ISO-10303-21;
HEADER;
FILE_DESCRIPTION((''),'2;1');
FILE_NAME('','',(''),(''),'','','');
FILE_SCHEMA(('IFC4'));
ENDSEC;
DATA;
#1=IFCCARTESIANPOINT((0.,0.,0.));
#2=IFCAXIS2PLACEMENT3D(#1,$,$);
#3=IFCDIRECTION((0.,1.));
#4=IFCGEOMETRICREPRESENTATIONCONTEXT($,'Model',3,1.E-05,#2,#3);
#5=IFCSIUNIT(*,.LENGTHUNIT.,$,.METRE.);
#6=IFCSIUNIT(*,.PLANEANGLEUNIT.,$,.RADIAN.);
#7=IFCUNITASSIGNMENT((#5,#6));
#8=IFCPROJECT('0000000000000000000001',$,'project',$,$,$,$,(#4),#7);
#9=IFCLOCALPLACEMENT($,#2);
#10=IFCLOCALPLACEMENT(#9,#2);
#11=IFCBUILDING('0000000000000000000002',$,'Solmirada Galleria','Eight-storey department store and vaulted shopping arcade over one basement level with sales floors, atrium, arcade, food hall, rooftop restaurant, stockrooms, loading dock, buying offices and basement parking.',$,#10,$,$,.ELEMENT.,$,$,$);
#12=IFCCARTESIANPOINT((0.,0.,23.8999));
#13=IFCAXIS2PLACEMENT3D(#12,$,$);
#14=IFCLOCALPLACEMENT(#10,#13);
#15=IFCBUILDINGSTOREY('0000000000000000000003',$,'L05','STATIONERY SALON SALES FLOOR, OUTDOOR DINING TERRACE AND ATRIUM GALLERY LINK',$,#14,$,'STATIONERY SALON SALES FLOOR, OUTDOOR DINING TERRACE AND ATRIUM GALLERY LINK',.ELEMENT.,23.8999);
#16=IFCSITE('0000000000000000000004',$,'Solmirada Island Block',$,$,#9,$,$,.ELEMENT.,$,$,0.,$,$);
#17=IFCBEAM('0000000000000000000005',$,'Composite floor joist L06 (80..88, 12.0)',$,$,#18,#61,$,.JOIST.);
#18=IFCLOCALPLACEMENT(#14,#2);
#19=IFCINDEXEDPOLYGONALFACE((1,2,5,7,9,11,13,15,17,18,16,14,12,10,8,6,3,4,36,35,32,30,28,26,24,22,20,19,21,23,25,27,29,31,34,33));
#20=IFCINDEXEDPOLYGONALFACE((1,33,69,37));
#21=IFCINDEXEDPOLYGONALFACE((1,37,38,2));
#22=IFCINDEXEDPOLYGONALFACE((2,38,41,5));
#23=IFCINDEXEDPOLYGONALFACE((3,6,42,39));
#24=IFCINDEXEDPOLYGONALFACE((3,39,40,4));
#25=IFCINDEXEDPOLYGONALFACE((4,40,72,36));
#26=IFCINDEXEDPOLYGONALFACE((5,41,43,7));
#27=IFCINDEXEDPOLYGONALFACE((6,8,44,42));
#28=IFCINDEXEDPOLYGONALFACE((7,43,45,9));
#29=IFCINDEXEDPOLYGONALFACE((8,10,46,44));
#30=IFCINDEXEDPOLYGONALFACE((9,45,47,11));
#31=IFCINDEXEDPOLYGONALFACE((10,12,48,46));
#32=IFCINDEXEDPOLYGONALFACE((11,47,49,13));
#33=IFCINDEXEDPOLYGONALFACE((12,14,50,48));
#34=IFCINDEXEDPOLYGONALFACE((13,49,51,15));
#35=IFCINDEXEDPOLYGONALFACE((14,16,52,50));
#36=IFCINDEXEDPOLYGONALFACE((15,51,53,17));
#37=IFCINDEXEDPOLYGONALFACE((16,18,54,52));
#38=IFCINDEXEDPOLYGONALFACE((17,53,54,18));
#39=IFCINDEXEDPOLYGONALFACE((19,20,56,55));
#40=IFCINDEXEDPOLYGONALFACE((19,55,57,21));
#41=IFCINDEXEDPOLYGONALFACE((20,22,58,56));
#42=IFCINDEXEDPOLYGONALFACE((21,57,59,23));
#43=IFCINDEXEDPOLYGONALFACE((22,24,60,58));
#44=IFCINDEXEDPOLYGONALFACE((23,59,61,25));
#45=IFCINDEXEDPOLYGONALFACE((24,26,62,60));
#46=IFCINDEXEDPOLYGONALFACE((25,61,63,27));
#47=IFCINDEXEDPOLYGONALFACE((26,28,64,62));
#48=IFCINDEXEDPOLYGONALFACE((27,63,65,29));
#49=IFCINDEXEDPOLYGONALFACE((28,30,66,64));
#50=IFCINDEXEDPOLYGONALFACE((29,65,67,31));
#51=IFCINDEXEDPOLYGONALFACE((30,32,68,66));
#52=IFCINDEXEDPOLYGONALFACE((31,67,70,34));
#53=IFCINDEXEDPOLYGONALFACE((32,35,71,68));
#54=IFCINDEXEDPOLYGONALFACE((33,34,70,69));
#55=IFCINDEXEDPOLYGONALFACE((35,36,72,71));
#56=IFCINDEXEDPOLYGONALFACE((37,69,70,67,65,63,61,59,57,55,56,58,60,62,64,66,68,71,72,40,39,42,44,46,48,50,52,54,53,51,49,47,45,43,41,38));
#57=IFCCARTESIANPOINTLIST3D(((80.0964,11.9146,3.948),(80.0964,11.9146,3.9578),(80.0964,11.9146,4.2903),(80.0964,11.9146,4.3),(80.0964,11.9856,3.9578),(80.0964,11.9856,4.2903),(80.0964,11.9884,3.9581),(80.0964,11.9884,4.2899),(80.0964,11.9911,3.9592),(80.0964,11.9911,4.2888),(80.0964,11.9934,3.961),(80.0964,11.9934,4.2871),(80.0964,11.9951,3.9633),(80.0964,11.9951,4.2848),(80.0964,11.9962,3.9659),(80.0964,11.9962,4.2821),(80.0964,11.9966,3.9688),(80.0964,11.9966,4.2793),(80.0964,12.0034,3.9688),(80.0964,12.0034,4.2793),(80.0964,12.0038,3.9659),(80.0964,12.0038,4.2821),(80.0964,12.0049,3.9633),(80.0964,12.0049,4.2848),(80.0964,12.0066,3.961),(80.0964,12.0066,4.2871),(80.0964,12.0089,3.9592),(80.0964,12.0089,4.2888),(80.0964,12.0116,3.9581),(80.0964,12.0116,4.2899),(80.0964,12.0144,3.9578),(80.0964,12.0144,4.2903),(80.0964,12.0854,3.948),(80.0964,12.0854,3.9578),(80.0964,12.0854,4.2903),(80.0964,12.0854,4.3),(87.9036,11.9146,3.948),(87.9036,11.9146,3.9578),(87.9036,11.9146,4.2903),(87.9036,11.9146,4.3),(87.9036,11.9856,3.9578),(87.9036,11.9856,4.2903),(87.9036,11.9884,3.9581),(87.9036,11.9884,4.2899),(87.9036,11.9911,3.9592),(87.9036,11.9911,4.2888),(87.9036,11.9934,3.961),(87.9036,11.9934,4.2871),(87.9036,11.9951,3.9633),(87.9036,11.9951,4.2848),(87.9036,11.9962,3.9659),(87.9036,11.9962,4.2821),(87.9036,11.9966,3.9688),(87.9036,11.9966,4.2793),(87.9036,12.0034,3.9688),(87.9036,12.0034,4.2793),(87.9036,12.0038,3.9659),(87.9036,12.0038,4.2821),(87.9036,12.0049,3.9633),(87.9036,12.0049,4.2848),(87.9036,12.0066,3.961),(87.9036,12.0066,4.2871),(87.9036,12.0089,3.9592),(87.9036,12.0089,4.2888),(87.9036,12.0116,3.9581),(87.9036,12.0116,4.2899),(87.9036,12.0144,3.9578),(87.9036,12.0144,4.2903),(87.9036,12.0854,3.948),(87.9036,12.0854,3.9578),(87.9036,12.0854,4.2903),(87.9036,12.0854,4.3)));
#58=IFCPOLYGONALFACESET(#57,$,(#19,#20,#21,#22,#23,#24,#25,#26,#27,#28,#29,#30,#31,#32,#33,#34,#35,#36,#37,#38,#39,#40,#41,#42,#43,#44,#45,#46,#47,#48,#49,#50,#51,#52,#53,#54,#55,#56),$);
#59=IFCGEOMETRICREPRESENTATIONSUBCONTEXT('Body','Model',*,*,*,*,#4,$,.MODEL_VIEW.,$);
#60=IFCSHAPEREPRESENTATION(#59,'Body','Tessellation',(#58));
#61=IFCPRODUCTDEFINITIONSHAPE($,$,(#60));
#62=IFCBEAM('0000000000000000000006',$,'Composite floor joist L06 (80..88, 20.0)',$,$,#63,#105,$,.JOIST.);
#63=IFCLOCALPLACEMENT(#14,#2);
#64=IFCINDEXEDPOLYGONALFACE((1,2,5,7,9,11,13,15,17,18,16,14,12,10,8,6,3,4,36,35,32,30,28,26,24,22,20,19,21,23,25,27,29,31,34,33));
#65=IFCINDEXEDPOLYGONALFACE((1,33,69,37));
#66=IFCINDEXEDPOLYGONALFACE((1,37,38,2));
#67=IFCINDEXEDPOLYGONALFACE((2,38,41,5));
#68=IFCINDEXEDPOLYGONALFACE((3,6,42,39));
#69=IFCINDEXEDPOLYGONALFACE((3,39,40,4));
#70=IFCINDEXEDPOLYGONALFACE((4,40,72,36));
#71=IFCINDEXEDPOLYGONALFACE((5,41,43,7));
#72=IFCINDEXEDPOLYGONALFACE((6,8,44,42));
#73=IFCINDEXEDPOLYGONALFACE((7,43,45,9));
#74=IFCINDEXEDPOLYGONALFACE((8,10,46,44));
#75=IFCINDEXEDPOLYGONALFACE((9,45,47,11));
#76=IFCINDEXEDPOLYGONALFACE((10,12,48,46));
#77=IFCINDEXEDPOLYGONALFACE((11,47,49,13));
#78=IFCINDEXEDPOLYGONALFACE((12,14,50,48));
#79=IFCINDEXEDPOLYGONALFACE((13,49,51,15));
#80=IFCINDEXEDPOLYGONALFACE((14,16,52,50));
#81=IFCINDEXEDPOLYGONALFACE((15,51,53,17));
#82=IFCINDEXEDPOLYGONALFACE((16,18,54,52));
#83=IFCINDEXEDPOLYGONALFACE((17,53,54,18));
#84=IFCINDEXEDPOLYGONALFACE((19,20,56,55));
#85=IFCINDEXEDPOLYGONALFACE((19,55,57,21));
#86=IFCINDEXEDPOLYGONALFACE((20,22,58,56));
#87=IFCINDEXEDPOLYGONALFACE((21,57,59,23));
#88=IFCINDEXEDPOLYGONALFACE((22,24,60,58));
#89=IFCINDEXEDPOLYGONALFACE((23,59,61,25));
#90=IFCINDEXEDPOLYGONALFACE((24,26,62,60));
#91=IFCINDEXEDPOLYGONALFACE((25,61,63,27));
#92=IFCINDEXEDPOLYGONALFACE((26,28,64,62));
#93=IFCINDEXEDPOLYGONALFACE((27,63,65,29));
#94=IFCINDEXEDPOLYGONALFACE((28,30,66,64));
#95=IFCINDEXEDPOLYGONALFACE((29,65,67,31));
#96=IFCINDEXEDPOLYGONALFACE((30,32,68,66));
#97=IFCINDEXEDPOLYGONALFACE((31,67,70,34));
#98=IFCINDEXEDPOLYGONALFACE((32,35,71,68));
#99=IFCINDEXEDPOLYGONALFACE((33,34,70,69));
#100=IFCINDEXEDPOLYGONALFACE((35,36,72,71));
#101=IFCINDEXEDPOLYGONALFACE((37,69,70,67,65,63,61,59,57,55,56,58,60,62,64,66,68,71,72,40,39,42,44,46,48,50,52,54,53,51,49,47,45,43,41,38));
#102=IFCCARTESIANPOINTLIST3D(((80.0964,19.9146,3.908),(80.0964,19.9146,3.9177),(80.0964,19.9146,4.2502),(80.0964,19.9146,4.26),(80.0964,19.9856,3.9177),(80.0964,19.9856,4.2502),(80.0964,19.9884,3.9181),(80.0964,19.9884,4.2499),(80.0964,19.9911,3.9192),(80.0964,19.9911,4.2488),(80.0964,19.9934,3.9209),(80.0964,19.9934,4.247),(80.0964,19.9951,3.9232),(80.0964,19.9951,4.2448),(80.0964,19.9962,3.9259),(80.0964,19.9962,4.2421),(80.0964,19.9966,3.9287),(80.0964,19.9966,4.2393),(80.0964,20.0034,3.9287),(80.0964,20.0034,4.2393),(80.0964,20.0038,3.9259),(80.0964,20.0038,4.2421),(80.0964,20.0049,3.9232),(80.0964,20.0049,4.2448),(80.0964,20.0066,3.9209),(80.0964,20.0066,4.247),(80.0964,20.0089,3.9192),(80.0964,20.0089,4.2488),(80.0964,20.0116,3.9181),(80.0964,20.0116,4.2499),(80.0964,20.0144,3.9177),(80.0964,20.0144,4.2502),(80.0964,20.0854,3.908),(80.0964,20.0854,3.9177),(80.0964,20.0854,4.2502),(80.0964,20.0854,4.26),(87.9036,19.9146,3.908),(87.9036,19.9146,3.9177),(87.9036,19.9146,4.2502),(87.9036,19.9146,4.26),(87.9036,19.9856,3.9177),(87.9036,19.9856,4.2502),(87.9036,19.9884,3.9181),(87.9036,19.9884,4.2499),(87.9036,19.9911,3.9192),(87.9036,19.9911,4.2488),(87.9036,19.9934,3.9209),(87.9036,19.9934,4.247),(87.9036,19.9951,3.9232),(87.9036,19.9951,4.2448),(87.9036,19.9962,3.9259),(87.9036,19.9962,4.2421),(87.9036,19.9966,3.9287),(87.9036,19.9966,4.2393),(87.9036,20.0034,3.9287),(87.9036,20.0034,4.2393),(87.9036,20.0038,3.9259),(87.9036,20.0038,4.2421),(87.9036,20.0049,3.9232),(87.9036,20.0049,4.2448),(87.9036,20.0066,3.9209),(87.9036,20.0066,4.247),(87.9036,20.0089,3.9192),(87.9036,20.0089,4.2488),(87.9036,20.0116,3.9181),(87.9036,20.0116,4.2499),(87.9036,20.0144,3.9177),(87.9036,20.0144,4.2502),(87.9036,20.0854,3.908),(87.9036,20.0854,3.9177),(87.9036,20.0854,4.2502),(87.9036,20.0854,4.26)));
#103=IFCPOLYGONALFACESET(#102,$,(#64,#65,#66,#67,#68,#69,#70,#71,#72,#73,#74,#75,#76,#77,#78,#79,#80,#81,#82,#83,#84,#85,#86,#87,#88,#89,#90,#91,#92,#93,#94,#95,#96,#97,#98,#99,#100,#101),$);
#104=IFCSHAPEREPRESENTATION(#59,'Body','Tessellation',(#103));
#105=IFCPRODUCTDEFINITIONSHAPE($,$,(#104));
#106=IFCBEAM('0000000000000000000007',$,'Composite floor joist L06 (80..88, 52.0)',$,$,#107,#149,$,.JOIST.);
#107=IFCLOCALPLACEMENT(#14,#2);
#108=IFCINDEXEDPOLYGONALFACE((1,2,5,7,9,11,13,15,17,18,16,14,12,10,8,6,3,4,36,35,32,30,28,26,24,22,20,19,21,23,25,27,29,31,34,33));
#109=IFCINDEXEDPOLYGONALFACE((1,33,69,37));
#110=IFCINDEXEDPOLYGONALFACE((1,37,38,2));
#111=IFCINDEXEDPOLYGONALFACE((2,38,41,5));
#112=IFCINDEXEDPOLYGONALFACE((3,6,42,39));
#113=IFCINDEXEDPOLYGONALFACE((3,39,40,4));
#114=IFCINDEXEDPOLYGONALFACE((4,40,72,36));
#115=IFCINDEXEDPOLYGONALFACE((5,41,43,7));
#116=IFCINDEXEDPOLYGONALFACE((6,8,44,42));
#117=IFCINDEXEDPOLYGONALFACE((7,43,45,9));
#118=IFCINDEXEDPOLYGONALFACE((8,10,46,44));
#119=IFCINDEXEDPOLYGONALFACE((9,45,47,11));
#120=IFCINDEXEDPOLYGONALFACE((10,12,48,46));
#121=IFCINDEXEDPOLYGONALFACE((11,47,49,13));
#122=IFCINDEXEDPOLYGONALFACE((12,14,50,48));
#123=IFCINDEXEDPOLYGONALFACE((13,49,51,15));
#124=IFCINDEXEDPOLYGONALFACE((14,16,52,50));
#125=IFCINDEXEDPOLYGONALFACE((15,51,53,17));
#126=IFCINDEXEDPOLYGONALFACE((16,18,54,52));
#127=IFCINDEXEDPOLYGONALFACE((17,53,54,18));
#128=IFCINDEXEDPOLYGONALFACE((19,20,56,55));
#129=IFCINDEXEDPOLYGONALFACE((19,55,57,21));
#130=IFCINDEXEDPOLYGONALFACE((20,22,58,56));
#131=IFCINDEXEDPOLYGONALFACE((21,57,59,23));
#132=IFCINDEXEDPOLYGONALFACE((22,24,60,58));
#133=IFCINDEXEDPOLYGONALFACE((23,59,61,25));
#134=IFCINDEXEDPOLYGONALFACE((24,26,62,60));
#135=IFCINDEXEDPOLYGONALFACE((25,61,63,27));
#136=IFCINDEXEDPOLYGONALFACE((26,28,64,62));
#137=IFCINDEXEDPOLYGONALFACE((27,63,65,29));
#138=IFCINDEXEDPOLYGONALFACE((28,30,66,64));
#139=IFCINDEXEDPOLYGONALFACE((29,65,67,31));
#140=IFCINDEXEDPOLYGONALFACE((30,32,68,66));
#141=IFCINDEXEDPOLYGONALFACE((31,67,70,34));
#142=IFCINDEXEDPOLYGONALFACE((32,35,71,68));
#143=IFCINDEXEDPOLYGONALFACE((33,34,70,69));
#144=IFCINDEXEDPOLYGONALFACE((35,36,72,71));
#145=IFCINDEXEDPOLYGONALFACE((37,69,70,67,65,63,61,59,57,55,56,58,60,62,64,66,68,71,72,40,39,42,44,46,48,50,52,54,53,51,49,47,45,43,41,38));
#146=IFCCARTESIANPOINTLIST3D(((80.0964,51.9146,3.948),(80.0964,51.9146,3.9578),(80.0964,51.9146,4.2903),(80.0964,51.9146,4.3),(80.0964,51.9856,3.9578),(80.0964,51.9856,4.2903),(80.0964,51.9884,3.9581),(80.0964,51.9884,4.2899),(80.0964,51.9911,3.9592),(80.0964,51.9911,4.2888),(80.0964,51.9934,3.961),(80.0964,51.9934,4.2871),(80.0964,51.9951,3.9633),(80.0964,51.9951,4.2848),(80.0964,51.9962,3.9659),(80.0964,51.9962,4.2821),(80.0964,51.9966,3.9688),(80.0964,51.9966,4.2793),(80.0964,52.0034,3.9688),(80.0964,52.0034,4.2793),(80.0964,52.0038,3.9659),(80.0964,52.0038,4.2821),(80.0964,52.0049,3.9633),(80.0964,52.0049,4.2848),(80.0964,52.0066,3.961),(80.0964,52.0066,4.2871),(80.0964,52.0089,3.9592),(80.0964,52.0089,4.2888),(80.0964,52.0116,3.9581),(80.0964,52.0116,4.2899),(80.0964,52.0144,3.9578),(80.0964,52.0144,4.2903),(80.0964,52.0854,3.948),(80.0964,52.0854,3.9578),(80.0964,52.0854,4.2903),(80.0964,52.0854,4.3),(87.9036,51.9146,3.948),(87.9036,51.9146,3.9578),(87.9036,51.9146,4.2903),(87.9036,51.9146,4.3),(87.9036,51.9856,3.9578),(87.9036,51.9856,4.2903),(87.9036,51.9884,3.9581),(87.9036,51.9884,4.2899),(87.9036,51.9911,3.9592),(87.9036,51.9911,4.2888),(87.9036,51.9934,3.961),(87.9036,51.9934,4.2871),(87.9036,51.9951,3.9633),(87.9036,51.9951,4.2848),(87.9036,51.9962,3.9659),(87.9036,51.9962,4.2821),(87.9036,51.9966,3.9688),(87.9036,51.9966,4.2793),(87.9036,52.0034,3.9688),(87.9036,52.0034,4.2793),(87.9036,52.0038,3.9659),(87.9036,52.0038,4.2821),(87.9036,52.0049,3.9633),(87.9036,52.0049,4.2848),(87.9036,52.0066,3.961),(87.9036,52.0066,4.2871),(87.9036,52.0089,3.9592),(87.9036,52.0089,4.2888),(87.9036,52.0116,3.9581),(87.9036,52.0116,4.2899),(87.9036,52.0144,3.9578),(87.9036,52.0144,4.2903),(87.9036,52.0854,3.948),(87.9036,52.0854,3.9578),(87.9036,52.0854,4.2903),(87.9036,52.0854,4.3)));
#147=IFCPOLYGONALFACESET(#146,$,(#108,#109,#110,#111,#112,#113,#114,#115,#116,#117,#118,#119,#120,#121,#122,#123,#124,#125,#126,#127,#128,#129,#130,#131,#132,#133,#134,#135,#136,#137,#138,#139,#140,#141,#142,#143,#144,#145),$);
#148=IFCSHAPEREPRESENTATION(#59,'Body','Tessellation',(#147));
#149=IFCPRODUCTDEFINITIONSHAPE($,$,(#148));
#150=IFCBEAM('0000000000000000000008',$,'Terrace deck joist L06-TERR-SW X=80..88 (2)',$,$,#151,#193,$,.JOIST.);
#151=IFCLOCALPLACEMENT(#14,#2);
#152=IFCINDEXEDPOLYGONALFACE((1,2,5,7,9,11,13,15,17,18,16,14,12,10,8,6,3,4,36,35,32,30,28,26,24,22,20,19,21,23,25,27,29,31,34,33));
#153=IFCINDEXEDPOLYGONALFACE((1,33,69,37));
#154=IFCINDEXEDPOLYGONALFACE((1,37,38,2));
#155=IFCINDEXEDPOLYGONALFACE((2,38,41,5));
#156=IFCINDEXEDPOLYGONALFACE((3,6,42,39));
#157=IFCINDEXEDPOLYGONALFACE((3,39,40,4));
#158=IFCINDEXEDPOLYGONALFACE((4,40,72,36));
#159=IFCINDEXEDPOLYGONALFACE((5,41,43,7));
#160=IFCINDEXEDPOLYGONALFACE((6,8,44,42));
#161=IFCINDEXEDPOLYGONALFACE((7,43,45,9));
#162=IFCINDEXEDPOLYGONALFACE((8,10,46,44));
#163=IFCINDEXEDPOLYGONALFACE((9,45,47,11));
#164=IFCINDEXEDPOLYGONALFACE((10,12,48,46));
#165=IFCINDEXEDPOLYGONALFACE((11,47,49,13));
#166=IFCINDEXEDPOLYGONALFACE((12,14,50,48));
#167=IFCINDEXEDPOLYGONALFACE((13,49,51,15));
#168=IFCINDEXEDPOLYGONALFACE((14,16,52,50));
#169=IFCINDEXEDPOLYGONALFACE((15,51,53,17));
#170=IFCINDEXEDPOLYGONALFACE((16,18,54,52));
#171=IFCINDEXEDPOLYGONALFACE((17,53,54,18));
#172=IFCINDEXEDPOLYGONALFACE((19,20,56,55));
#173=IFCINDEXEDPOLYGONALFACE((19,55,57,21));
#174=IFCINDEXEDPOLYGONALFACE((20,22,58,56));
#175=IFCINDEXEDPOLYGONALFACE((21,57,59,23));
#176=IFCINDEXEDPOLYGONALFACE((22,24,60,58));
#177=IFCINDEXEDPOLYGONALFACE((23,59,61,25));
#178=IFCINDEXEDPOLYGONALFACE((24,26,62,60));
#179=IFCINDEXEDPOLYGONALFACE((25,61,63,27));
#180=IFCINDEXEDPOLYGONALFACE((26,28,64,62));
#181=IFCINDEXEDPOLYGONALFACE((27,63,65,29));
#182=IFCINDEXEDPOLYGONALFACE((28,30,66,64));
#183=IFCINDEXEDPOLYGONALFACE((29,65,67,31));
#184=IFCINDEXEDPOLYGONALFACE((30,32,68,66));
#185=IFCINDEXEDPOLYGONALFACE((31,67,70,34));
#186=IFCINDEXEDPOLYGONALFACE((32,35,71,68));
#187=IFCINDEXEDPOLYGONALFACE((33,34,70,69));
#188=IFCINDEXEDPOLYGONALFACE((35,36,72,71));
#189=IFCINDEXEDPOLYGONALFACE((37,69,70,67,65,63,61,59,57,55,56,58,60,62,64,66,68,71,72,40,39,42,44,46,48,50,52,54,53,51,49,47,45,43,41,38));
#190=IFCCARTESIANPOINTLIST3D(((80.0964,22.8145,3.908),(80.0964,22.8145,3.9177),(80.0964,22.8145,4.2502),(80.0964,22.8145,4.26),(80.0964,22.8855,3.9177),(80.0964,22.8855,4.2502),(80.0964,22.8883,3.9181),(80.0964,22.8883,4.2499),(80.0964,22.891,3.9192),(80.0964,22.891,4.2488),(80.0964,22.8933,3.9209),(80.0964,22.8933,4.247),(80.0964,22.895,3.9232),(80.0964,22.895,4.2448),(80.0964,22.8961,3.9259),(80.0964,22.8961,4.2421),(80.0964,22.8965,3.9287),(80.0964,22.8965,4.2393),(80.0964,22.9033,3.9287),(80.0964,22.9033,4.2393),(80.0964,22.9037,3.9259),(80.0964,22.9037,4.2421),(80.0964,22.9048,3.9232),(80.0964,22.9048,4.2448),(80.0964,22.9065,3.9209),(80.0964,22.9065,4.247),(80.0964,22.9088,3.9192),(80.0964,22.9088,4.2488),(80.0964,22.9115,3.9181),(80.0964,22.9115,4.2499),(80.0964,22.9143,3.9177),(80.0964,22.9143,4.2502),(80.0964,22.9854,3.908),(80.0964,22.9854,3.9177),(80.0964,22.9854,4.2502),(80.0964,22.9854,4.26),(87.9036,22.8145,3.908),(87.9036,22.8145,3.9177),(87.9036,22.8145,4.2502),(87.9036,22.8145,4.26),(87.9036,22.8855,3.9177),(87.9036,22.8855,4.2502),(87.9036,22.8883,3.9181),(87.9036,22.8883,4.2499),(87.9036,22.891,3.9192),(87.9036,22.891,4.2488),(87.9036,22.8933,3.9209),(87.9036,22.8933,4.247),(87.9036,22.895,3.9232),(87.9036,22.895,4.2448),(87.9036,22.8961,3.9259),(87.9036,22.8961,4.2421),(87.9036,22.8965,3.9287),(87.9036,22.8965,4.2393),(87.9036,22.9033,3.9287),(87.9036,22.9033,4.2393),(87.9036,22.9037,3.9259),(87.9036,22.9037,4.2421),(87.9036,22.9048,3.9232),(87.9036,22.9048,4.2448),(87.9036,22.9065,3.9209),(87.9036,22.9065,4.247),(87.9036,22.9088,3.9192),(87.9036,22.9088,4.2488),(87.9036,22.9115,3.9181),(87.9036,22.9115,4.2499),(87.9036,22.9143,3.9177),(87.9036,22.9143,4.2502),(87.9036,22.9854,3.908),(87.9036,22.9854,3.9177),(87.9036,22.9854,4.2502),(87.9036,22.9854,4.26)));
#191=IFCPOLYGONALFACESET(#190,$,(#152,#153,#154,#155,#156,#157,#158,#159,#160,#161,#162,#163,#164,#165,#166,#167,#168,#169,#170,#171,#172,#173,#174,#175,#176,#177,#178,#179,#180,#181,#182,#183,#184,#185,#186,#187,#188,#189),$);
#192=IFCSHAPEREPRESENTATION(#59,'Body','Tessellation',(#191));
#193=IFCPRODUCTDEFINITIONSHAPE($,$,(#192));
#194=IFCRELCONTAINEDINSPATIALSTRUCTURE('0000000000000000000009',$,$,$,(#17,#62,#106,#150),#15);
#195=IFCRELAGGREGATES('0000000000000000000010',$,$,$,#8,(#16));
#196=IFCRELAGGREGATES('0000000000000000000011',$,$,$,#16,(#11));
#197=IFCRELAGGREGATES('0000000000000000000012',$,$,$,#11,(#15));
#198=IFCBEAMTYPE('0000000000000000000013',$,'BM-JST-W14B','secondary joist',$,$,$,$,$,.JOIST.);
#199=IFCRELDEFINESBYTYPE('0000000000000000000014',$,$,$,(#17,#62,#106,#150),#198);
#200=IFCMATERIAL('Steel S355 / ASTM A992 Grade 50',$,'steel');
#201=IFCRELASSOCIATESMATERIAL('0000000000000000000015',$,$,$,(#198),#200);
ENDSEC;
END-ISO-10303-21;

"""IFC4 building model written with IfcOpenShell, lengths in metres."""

from ifc_helpers import new_model, si_unit, direction, frame, origin, origin_2d, place, context, subcontext, project, spatial, i_section, extrude, material, material_profile, profile_set, type_object, element, save


model = new_model("IFC4")

# Units and contexts
model_context = context("Model", 3, precision=1e-05, world=origin(), true_north=direction((0.0, 1.0)))
body_context = subcontext(model_context, "Body", "Model", "MODEL_VIEW")
ifc_project = project(units=[si_unit("LENGTHUNIT", "METRE"), si_unit("PLANEANGLEUNIT", "RADIAN")], contexts=[model_context])

# Site, building, storey
site_placement = place(None, origin())
site = spatial("IfcSite", under=ifc_project, at=site_placement, Name="Solmirada Island Block", CompositionType="ELEMENT", RefElevation=0.0)
building_placement = place(site_placement, origin())
building = spatial("IfcBuilding", under=site, at=building_placement, Name="Solmirada Galleria", Description="Eight-storey department store and vaulted shopping arcade over one basement level with sales floors, atrium, arcade, food hall, rooftop restaurant, stockrooms, loading dock, buying offices and basement parking.", CompositionType="ELEMENT")
storey_placement = place(building_placement, frame((0.0, 0.0, 23.8999)))
storey = spatial("IfcBuildingStorey", under=building, at=storey_placement, Name="L05", Description="STATIONERY SALON SALES FLOOR, OUTDOOR DINING TERRACE AND ATRIUM GALLERY LINK", LongName="STATIONERY SALON SALES FLOOR, OUTDOOR DINING TERRACE AND ATRIUM GALLERY LINK", CompositionType="ELEMENT", Elevation=23.8999)

# Beams
ifc_material_1 = material(Name="Steel S355 / ASTM A992 Grade 50", Category="steel")
ifc_material_profile_1 = material_profile(ifc_material_1, i_section(OverallWidth=0.1709, OverallDepth=0.3521, WebThickness=0.0068, FlangeThickness=0.0098, FilletRadius=0.011, at=origin_2d()), Name="W14X30")
ifc_profile_set_1 = profile_set([ifc_material_profile_1], Name="Steel S355 / ASTM A992 Grade 50")
beam_type_1 = type_object("IfcBeamType", Name="BM-JST-W14B", Description="secondary joist", PredefinedType="JOIST", material=ifc_profile_set_1)
for number, where, z_axis, x_axis, name in (
    (1, (80.0964, 12.0, 4.124), (1.0, 0.0, 0.0), (0.0, 1.0, 0.0), "Composite floor joist L06 (80..88, 12.0)"),
    (2, (80.0964, 20.0, 4.084), (1.0, 0.0, 0.0), (0.0, 1.0, 0.0), "Composite floor joist L06 (80..88, 20.0)"),
    (3, (80.0964, 52.0, 4.124), (1.0, 0.0, 0.0), (0.0, 1.0, 0.0), "Composite floor joist L06 (80..88, 52.0)"),
    (4, (80.0964, 22.8999, 4.084), (1.0, 0.0, 0.0), (0.0, 1.0, 0.0), "Terrace deck joist L06-TERR-SW X=80..88 (2)"),
):
    element("IfcBeam", number, at=place(storey_placement, frame(where, z_axis=z_axis, x_axis=x_axis)), inside=storey, type_object=beam_type_1, Name=name, PredefinedType="JOIST", context=body_context, shape_type="SweptSolid", body=[
        extrude(i_section(OverallWidth=0.1709, OverallDepth=0.3521, WebThickness=0.0068, FlangeThickness=0.0098, FilletRadius=0.011, at=origin_2d()), origin(), (0.0, 0.0, 1.0), 7.8071),
    ])

save(model, "model.ifc")
